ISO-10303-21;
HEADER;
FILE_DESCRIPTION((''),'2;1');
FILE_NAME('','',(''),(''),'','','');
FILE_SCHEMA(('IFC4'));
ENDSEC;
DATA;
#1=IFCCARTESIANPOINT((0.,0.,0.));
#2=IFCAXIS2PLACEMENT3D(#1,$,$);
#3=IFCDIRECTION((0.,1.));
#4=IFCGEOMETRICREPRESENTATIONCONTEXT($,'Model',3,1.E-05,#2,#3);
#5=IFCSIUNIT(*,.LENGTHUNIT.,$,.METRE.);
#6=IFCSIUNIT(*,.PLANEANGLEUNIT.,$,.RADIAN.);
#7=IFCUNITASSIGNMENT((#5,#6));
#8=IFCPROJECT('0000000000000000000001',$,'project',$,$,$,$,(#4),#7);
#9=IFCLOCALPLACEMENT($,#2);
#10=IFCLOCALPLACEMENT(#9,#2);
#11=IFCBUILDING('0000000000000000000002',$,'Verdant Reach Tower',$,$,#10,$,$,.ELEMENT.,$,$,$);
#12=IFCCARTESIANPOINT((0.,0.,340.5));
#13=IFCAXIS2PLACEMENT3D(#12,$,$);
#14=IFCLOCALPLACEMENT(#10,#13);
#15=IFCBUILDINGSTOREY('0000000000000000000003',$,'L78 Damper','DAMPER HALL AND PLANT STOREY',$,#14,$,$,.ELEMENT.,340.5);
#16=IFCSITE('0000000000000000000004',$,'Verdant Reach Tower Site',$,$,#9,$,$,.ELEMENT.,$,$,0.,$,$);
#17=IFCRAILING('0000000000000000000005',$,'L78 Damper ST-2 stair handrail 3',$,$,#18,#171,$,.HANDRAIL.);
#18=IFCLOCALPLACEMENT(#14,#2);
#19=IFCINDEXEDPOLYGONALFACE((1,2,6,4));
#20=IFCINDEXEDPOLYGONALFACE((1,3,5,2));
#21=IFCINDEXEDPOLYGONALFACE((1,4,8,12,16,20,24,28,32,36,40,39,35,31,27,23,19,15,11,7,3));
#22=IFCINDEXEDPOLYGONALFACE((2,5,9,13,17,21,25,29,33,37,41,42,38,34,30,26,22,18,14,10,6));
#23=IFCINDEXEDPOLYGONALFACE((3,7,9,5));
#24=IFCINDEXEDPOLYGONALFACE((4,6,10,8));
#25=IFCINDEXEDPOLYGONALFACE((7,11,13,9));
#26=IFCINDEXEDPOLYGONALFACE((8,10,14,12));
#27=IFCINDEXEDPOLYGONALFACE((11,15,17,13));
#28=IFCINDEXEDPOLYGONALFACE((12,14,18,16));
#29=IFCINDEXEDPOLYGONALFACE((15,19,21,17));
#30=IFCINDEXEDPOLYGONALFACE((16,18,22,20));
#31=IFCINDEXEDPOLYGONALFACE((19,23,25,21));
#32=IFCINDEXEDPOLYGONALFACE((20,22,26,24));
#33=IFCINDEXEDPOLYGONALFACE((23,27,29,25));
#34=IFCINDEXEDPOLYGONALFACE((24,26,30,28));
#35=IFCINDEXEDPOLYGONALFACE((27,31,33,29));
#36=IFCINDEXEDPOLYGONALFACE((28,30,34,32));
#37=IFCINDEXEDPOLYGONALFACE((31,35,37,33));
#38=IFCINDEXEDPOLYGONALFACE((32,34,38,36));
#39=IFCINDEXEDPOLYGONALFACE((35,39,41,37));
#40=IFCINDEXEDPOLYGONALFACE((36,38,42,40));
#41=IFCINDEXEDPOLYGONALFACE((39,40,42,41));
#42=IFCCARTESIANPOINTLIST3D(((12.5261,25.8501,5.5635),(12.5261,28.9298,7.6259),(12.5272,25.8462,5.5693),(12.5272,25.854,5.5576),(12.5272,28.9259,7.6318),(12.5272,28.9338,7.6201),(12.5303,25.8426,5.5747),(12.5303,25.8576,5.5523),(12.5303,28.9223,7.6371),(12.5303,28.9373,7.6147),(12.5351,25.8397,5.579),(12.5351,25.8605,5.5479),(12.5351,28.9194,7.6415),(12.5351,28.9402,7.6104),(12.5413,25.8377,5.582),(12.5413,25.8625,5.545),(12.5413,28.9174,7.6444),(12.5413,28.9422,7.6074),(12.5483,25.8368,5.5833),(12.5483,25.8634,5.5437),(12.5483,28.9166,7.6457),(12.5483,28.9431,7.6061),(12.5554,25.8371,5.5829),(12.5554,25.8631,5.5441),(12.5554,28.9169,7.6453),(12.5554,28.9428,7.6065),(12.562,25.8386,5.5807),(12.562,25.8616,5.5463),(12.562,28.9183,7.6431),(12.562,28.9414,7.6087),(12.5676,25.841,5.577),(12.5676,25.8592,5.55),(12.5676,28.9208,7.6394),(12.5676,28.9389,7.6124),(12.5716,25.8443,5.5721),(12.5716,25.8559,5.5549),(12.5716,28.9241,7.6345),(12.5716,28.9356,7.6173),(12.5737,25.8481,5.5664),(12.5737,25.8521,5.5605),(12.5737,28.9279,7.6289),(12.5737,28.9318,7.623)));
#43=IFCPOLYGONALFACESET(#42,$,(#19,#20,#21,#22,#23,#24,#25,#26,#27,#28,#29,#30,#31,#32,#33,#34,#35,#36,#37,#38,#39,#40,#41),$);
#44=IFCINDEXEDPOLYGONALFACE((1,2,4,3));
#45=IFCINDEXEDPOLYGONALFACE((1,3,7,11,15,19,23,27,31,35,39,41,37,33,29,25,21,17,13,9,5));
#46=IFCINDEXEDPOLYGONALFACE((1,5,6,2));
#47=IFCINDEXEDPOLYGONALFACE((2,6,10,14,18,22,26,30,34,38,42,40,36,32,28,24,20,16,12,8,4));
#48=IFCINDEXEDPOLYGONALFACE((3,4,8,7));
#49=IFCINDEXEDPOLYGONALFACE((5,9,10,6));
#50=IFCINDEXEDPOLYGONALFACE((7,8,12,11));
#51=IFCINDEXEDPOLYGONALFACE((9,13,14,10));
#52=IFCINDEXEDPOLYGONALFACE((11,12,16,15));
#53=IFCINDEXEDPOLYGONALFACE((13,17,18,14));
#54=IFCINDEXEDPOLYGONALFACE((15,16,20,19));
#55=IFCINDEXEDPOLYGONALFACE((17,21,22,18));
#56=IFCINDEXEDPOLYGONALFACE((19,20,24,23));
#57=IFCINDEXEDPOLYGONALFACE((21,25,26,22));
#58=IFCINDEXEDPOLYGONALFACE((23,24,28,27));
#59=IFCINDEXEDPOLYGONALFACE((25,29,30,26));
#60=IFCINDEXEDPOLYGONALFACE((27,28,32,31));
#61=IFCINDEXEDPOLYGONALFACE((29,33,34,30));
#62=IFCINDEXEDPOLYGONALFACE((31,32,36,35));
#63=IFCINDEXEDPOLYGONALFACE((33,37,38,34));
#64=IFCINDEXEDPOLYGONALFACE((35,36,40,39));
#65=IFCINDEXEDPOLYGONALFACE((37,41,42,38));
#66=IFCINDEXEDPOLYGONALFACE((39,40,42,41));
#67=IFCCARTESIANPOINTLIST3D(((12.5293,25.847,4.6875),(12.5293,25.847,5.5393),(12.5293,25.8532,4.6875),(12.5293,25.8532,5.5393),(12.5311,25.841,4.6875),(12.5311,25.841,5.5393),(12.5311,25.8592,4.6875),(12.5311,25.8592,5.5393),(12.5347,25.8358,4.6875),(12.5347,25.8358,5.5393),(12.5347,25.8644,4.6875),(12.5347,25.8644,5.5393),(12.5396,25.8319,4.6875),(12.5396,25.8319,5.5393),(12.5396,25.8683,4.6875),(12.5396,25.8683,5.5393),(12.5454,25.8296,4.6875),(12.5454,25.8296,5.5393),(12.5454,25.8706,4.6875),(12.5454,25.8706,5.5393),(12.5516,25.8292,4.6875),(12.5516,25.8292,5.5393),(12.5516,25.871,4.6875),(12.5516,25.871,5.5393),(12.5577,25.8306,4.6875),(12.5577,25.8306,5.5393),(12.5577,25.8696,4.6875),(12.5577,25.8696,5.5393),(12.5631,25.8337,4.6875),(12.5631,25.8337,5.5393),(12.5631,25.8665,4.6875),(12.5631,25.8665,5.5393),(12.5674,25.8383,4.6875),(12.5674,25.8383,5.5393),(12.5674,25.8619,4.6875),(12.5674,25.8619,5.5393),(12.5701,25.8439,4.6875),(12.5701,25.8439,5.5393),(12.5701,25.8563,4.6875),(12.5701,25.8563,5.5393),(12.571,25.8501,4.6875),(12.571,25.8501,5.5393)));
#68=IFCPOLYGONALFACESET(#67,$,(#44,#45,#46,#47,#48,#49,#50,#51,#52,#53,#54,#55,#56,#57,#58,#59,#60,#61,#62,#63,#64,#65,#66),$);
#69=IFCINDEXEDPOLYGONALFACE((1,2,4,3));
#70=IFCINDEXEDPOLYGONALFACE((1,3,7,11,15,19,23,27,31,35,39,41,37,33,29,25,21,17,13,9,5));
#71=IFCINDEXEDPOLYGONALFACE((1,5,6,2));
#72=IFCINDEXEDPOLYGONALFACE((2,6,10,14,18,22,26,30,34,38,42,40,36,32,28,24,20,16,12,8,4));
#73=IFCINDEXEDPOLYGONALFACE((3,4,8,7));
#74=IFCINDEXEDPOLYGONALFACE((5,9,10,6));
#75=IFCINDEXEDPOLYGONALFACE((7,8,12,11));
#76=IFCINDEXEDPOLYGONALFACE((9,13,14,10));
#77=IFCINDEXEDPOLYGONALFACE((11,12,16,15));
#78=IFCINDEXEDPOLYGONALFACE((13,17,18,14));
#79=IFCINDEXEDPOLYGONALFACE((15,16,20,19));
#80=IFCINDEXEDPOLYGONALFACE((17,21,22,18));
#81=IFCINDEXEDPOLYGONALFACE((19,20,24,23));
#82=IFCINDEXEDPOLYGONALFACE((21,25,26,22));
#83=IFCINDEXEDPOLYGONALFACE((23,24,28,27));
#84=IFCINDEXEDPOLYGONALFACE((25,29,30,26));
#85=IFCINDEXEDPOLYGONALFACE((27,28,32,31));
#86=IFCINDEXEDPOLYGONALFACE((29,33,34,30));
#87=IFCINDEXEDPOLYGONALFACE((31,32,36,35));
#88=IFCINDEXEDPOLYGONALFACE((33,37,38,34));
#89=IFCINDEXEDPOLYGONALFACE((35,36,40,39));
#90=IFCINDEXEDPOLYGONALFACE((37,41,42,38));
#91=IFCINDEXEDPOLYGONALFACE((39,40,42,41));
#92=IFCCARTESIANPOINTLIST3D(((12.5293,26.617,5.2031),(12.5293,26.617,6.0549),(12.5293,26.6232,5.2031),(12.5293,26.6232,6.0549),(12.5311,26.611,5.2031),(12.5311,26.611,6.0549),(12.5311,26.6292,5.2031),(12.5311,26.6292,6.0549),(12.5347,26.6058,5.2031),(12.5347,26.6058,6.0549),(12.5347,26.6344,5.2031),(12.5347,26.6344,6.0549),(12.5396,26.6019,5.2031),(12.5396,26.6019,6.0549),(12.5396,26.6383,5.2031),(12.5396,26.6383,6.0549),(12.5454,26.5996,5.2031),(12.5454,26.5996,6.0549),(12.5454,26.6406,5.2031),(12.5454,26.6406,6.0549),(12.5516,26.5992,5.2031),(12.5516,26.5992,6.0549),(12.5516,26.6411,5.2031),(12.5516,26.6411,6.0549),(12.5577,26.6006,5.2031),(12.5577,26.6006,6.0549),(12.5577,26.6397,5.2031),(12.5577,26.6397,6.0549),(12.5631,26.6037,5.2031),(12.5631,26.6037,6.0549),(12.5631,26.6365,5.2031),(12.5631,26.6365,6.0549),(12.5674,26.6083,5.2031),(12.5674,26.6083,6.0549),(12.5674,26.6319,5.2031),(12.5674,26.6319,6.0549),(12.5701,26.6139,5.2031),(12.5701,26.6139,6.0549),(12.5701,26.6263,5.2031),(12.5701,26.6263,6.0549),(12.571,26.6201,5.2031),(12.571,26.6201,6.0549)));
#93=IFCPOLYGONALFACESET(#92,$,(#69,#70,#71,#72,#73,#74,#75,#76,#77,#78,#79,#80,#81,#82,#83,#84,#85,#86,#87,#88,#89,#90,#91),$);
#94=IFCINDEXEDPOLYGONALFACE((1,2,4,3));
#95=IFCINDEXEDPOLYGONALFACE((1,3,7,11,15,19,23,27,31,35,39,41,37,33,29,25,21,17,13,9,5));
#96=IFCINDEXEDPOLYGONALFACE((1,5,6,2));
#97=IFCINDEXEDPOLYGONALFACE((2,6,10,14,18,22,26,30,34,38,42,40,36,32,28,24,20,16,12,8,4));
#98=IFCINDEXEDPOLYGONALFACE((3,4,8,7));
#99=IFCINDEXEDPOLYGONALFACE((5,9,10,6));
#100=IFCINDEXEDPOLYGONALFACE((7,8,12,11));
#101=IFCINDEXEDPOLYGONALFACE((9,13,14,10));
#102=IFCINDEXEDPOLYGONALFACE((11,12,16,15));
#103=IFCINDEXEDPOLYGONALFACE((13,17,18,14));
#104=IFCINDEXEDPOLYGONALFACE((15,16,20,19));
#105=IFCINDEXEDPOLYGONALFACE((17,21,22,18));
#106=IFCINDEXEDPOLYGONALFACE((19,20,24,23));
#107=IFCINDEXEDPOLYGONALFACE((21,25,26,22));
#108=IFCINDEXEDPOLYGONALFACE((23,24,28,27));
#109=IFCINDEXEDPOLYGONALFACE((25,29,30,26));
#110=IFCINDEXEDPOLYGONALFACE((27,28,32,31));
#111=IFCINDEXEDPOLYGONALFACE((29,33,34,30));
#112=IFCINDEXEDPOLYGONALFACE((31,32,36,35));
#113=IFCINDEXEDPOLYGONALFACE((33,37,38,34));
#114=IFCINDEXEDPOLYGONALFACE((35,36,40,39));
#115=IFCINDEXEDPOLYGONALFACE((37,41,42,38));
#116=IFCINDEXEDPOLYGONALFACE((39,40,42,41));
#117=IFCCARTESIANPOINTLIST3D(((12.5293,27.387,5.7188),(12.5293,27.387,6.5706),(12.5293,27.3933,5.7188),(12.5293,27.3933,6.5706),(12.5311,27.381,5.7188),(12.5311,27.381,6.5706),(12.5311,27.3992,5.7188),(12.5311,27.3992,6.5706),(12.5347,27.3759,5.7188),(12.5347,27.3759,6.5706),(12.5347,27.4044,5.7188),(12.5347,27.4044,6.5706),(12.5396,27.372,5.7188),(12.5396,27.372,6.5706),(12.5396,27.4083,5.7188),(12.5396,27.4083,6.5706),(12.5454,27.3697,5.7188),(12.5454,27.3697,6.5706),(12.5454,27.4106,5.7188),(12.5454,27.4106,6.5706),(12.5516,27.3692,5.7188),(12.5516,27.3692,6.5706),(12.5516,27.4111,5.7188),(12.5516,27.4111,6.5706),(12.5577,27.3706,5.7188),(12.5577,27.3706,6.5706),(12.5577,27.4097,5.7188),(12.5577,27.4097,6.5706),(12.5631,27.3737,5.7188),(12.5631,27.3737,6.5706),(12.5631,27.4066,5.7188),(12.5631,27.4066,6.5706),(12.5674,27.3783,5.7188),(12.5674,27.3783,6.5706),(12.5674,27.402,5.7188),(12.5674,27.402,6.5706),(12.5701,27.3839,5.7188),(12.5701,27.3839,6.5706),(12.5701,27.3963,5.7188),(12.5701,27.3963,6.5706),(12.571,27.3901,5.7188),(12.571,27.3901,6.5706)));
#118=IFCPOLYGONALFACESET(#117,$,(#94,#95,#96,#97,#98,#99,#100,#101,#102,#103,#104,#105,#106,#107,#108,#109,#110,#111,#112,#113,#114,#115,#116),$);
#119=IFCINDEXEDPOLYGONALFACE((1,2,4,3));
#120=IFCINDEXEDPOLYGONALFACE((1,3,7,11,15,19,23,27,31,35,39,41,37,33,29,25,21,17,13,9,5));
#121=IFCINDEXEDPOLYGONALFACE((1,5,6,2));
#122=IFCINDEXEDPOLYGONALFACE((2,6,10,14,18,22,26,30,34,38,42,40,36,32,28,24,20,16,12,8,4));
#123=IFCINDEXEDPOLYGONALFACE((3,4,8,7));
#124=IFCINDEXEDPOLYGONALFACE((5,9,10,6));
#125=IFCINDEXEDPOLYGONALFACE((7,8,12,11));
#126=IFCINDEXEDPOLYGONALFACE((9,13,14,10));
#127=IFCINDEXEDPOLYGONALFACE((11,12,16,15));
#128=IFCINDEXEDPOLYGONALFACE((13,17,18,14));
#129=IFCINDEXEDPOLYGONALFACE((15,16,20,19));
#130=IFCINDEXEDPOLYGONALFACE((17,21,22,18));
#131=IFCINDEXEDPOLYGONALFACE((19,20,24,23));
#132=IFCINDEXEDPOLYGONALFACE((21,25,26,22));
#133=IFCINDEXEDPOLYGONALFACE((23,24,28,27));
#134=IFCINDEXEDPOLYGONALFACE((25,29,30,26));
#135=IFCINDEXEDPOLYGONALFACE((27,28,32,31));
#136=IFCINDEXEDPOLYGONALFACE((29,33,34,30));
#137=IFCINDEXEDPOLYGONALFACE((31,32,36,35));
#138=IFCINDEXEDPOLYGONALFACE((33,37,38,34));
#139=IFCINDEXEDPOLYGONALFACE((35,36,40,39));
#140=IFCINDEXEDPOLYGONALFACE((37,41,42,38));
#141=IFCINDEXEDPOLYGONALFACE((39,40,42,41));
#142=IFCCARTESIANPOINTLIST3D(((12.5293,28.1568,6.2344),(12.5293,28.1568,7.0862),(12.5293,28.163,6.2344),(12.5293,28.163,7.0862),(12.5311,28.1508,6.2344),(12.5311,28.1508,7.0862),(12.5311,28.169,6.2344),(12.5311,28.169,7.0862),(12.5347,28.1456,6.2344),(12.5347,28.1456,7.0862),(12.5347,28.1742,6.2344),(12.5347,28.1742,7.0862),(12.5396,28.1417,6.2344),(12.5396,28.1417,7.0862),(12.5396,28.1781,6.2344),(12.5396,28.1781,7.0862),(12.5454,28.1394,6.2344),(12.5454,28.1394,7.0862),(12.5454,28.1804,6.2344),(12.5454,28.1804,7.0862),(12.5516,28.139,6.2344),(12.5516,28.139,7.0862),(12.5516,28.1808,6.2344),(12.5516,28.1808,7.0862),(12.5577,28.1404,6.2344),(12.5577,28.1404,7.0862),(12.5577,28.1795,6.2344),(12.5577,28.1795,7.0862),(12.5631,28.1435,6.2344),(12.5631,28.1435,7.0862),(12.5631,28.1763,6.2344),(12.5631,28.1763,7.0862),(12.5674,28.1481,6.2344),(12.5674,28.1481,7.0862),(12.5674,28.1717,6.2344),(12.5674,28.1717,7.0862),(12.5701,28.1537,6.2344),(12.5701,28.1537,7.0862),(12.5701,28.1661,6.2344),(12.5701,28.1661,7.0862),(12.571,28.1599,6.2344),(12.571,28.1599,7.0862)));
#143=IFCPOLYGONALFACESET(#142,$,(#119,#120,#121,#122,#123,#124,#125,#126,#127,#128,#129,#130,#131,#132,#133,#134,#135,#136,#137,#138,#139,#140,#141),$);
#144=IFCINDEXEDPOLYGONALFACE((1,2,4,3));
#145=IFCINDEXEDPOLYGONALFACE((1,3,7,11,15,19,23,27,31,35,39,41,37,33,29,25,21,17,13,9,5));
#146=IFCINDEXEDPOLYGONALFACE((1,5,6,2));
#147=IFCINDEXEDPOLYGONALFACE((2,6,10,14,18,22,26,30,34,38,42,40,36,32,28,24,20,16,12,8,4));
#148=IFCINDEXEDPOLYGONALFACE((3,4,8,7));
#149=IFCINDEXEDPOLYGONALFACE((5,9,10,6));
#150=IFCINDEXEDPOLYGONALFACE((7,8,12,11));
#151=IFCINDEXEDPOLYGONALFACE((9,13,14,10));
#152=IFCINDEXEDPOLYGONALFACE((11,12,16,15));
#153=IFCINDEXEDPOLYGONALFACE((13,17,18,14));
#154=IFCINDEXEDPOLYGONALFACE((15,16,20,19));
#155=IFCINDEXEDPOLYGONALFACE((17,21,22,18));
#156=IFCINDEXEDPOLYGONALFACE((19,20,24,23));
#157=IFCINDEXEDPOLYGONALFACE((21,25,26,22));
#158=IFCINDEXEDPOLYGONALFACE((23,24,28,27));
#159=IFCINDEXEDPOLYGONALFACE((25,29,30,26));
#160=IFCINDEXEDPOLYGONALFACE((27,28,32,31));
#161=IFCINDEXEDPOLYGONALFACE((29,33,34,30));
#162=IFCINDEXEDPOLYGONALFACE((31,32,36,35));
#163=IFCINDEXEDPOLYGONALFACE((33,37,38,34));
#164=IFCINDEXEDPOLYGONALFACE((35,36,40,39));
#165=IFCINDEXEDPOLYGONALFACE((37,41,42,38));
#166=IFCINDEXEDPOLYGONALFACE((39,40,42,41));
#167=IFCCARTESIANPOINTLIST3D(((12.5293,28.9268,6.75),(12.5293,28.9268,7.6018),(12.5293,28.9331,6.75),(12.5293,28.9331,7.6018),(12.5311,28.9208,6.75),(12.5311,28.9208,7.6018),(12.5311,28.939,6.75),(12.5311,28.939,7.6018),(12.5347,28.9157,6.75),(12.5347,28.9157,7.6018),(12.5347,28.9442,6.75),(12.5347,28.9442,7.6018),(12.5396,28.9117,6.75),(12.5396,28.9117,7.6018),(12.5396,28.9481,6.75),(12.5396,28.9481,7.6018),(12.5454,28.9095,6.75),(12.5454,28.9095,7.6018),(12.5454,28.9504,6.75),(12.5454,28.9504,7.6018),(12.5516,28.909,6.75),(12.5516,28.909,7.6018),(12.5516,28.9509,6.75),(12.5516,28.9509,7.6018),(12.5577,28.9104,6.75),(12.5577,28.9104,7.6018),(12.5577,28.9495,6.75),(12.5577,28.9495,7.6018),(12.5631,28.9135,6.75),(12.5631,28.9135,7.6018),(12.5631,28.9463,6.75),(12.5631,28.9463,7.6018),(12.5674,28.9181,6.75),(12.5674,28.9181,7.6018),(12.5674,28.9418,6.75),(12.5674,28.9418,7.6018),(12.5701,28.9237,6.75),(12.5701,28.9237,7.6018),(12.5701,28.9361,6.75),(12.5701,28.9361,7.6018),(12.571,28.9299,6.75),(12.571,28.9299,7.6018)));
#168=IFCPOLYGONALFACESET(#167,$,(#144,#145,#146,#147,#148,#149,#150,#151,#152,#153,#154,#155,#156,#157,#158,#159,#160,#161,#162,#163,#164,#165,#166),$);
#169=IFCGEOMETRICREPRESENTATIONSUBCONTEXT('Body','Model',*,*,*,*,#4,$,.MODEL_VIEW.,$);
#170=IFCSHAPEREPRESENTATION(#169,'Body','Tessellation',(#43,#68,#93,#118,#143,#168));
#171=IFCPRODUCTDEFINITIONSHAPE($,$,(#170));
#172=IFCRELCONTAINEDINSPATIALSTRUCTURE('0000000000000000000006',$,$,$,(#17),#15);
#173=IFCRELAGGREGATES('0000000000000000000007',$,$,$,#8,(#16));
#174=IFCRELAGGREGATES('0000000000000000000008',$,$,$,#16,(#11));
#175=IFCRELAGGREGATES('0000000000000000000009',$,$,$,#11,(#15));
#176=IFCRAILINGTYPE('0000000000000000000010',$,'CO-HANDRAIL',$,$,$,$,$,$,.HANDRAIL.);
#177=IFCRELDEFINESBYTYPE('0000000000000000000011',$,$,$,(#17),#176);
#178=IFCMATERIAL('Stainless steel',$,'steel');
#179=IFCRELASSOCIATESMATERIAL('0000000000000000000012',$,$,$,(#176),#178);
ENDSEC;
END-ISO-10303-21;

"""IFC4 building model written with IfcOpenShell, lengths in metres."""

from ifc_helpers import new_model, si_unit, direction, frame, origin, origin_2d, place, context, subcontext, project, spatial, circle, extrude, material, type_object, element, save


model = new_model("IFC4")

# Units and contexts
model_context = context("Model", 3, precision=1e-05, world=origin(), true_north=direction((0.0, 1.0)))
body_context = subcontext(model_context, "Body", "Model", "MODEL_VIEW")
ifc_project = project(units=[si_unit("LENGTHUNIT", "METRE"), si_unit("PLANEANGLEUNIT", "RADIAN")], contexts=[model_context])

# Site, building, storey
site_placement = place(None, origin())
site = spatial("IfcSite", under=ifc_project, at=site_placement, Name="Verdant Reach Tower Site", CompositionType="ELEMENT", RefElevation=0.0)
building_placement = place(site_placement, origin())
building = spatial("IfcBuilding", under=site, at=building_placement, Name="Verdant Reach Tower", CompositionType="ELEMENT")
storey_placement = place(building_placement, frame((0.0, 0.0, 340.5)))
storey = spatial("IfcBuildingStorey", under=building, at=storey_placement, Name="L78 Damper", Description="DAMPER HALL AND PLANT STOREY", CompositionType="ELEMENT", Elevation=340.5)

# Railing
ifc_material_1 = material(Name="Stainless steel", Category="steel")
railing_type = type_object("IfcRailingType", Name="CO-HANDRAIL", PredefinedType="HANDRAIL", material=ifc_material_1)
railing_1_placement = place(storey_placement, frame((12.55, 25.8501, 4.6875)))
element("IfcRailing", 1, at=railing_1_placement, inside=storey, type_object=railing_type, Name="L78 Damper ST-2 stair handrail 3", PredefinedType="HANDRAIL", context=body_context, shape_type="SweptSolid", body=[
    extrude(circle(Radius=0.0239, at=origin_2d()), frame((0.0, 0.0, 0.876), z_axis=(0.0, 0.830893, 0.556432), x_axis=(-1.0, 0.0, 0.0)), (0.0, 0.0, 1.0), 3.7065),
    extrude(circle(Radius=0.021, at=origin_2d()), origin(), (0.0, 0.0, 1.0), 0.8518),
    extrude(circle(Radius=0.021, at=origin_2d()), frame((0.0, 0.77, 0.5156)), (0.0, 0.0, 1.0), 0.8518),
    extrude(circle(Radius=0.021, at=origin_2d()), frame((0.0, 1.54, 1.0312)), (0.0, 0.0, 1.0), 0.8518),
    extrude(circle(Radius=0.021, at=origin_2d()), frame((0.0, 2.3098, 1.5469)), (0.0, 0.0, 1.0), 0.8518),
    extrude(circle(Radius=0.021, at=origin_2d()), frame((0.0, 3.0798, 2.0625)), (0.0, 0.0, 1.0), 0.8518),
])

save(model, "model.ifc")
